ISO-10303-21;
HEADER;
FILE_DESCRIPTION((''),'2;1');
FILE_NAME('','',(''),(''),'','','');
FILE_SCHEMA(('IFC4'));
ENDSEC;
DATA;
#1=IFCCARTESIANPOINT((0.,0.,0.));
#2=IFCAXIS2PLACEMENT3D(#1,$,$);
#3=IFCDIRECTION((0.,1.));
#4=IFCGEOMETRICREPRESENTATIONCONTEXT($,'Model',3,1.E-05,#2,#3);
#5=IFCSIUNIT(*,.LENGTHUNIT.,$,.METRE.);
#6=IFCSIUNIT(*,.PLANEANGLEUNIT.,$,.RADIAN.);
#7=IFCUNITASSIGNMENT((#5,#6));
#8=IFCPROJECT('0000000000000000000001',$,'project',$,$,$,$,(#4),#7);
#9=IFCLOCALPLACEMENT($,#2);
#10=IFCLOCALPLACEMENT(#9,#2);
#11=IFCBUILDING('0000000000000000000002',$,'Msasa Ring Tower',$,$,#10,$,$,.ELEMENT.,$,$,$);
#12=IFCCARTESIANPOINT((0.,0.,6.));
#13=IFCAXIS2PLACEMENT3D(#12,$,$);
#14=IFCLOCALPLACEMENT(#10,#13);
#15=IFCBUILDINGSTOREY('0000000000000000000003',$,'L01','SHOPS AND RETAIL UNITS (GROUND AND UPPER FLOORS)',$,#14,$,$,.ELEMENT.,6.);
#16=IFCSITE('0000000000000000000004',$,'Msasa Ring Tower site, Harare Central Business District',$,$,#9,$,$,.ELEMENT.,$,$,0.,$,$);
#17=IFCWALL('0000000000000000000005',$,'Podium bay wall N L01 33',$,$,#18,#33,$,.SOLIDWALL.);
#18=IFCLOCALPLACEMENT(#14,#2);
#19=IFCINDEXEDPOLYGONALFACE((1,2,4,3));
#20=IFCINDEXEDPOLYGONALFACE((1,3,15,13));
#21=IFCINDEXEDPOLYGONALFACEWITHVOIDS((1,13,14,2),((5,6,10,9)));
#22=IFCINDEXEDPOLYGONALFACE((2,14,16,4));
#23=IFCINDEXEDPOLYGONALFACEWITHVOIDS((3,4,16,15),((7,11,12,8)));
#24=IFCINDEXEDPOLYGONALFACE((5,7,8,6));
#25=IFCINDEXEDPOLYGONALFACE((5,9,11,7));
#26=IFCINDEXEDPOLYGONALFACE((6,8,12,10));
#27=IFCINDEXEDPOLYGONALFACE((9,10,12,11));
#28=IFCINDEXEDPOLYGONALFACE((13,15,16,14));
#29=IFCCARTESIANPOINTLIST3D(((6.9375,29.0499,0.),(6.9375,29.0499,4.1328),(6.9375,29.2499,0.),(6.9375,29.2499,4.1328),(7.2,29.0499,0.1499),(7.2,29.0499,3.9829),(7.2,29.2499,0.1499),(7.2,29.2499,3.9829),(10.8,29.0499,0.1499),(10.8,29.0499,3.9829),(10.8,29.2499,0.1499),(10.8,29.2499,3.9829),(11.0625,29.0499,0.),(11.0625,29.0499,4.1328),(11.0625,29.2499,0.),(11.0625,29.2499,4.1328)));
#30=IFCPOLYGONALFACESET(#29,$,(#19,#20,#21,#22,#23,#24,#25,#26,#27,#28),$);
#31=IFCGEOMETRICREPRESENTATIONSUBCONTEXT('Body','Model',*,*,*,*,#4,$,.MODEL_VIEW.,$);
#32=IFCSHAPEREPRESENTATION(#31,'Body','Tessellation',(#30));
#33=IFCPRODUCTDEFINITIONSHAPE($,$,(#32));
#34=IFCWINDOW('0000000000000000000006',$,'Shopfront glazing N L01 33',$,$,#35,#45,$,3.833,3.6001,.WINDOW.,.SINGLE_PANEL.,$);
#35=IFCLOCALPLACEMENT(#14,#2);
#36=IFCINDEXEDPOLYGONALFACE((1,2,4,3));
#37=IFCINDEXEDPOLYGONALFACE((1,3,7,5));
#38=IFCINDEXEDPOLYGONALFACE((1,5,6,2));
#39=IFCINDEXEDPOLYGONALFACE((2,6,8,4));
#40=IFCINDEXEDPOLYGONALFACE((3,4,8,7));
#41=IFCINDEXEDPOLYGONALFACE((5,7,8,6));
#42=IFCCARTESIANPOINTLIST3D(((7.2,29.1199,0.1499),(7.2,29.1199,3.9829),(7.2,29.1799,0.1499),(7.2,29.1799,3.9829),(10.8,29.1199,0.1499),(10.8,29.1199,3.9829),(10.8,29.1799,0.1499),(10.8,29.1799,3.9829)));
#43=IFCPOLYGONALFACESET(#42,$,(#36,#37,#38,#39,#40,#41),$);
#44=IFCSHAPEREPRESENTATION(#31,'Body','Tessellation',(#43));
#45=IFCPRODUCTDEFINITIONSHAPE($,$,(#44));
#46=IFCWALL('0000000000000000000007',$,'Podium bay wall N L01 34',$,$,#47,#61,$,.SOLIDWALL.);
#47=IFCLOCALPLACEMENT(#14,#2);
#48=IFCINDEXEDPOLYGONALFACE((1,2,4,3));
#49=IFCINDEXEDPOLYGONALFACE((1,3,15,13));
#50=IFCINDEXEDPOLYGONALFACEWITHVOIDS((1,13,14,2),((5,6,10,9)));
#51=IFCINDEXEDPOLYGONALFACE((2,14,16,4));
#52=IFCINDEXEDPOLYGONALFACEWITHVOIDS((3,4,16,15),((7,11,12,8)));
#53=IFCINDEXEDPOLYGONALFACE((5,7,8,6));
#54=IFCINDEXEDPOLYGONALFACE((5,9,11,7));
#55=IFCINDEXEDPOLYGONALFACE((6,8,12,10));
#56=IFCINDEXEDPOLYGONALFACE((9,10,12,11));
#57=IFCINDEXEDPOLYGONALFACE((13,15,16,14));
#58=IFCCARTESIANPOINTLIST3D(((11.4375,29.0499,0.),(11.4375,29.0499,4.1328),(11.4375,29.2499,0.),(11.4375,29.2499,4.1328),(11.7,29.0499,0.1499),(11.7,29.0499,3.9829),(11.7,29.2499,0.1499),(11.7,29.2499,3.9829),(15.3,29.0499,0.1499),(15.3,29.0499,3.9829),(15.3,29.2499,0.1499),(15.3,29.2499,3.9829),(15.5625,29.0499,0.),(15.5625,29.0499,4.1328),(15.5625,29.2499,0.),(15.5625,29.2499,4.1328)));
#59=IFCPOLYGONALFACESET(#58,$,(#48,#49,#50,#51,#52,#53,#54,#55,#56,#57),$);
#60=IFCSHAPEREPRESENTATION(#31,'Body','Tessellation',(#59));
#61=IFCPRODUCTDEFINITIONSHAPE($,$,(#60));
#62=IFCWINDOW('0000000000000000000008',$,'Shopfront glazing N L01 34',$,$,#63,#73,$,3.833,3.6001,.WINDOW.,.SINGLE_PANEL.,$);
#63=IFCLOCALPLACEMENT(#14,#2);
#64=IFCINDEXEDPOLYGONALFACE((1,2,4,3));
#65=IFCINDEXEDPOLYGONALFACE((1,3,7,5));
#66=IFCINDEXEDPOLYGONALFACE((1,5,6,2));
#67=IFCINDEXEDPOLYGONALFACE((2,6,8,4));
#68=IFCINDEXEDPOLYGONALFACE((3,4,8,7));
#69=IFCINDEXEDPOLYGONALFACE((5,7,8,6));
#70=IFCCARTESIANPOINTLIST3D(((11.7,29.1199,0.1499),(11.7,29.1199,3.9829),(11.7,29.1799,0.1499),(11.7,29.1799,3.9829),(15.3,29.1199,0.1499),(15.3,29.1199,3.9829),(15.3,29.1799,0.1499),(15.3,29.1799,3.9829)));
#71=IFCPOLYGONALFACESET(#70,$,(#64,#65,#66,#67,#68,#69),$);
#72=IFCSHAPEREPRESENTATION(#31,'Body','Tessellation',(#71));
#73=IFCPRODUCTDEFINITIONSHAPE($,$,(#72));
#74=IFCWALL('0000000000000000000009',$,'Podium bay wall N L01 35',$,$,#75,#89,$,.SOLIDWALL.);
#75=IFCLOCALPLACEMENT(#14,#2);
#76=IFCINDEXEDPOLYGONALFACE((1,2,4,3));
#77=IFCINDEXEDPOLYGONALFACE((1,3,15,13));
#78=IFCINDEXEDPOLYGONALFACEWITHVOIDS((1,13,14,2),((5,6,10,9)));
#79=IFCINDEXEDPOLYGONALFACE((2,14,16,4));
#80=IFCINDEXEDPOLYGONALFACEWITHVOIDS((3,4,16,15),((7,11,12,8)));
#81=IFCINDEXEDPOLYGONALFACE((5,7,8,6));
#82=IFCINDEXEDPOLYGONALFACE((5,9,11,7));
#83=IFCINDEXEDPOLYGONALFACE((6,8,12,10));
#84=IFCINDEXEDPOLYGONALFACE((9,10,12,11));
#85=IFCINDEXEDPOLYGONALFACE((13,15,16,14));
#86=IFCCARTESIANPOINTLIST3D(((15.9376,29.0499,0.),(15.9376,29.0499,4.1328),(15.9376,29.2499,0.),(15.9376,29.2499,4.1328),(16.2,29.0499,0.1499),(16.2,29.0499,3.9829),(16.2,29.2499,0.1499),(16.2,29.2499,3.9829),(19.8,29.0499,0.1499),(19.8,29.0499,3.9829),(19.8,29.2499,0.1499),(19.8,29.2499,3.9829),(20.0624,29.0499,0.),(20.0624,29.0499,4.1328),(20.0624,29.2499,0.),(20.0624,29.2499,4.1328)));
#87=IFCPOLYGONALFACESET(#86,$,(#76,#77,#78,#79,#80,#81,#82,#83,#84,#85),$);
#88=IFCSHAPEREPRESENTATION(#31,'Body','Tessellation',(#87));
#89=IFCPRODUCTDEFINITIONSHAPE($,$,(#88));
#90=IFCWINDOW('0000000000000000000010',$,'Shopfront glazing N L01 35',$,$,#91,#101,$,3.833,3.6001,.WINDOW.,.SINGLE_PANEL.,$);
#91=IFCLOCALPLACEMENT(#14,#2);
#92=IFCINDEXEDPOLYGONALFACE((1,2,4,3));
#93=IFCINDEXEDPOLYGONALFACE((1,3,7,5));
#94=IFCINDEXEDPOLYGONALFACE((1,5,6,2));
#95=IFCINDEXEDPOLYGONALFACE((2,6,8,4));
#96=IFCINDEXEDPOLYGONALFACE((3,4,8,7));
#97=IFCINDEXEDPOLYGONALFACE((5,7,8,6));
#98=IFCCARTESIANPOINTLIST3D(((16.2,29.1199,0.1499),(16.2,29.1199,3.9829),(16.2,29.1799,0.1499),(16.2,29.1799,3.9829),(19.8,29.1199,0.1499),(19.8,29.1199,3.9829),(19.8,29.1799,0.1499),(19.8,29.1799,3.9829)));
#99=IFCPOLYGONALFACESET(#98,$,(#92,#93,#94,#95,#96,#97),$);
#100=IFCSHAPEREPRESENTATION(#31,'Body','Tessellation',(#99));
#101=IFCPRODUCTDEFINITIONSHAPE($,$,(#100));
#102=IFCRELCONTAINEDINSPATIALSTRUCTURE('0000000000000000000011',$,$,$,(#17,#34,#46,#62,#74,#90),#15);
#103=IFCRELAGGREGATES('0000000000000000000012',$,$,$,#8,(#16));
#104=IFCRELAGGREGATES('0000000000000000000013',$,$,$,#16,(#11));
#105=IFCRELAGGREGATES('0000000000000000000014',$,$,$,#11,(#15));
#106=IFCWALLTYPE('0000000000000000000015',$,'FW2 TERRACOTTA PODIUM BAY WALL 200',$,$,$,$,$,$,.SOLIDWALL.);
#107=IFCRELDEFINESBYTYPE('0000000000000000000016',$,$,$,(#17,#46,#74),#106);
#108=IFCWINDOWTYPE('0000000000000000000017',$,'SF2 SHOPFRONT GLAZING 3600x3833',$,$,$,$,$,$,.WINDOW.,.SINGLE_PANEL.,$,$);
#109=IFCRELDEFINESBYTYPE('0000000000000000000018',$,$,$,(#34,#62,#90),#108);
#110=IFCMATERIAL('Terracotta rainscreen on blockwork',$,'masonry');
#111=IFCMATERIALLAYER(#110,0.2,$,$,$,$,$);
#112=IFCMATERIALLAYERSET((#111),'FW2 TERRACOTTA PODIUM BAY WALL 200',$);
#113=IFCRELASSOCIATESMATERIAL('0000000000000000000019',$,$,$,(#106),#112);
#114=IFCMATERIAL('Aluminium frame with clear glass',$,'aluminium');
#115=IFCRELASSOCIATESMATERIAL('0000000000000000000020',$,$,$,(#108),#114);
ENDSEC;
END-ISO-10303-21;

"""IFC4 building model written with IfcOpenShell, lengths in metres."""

from ifc_helpers import new_model, si_unit, direction, frame, frame_2d, origin, place, context, subcontext, project, spatial, rectangle, extrude, material, layer, layer_set, type_object, element, fill, save


model = new_model("IFC4")

# Units and contexts
model_context = context("Model", 3, precision=1e-05, world=origin(), true_north=direction((0.0, 1.0)))
body_context = subcontext(model_context, "Body", "Model", "MODEL_VIEW")
ifc_project = project(units=[si_unit("LENGTHUNIT", "METRE"), si_unit("PLANEANGLEUNIT", "RADIAN")], contexts=[model_context])

# Site, building, storey
site_placement = place(None, origin())
site = spatial("IfcSite", under=ifc_project, at=site_placement, Name="Msasa Ring Tower site, Harare Central Business District", CompositionType="ELEMENT", RefElevation=0.0)
building_placement = place(site_placement, origin())
building = spatial("IfcBuilding", under=site, at=building_placement, Name="Msasa Ring Tower", CompositionType="ELEMENT")
storey_placement = place(building_placement, frame((0.0, 0.0, 6.0)))
storey = spatial("IfcBuildingStorey", under=building, at=storey_placement, Name="L01", Description="SHOPS AND RETAIL UNITS (GROUND AND UPPER FLOORS)", CompositionType="ELEMENT", Elevation=6.0)

# Walls, openings, windows
ifc_material_1 = material(Name="Terracotta rainscreen on blockwork", Category="masonry")
ifc_layer = layer(ifc_material_1, 0.2)
ifc_layer_set = layer_set([ifc_layer], Name="FW2 TERRACOTTA PODIUM BAY WALL 200")
wall_type = type_object("IfcWallType", Name="FW2 TERRACOTTA PODIUM BAY WALL 200", PredefinedType="SOLIDWALL", material=ifc_layer_set)
ifc_material_2 = material(Name="Aluminium frame with clear glass", Category="aluminium")
window_type = type_object("IfcWindowType", Name="SF2 SHOPFRONT GLAZING 3600x3833", PartitioningType="SINGLE_PANEL", PredefinedType="WINDOW", material=ifc_material_2)
wall_1_placement = place(storey_placement, frame((6.9375, 29.1499, 0.0), z_axis=(0.0, 0.0, 1.0), x_axis=(1.0, 0.0, 0.0)))
wall_1 = element("IfcWall", 1, at=wall_1_placement, inside=storey, type_object=wall_type, Name="Podium bay wall N L01 33", PredefinedType="SOLIDWALL", context=body_context, shape_type="SweptSolid", body=[
    extrude(rectangle(XDim=4.125, YDim=0.2, at=frame_2d((2.0625, 0.0))), origin(), (0.0, 0.0, 1.0), 4.1328),
])
opening_1_placement = place(wall_1_placement, frame((0.2625, 0.0, 0.1499)))
opening_1 = element("IfcOpeningElement", 2, at=opening_1_placement, cuts=wall_1, PredefinedType="OPENING", context=body_context, shape_type="SweptSolid", body=[
    extrude(rectangle(XDim=3.6001, YDim=3.833, at=frame_2d((1.8, 1.9165))), frame((0.0, 0.1099, 0.0), z_axis=(0.0, -1.0, 0.0), x_axis=(1.0, 0.0, 0.0)), (0.0, 0.0, 1.0), 0.22),
])
window_1_placement = place(opening_1_placement, origin())
window_1 = element("IfcWindow", 3, at=window_1_placement, inside=storey, type_object=window_type, Name="Shopfront glazing N L01 33", OverallHeight=3.833, OverallWidth=3.6001, PartitioningType="SINGLE_PANEL", PredefinedType="WINDOW", context=body_context, shape_type="SweptSolid", body=[
    extrude(rectangle(XDim=3.6001, YDim=3.833, at=frame_2d((1.8, 1.9165))), frame((0.0, 0.03, 0.0), z_axis=(0.0, -1.0, 0.0), x_axis=(1.0, 0.0, 0.0)), (0.0, 0.0, 1.0), 0.0601),
])
fill(opening_1, window_1)
wall_2_placement = place(storey_placement, frame((11.4375, 29.1499, 0.0), z_axis=(0.0, 0.0, 1.0), x_axis=(1.0, 0.0, 0.0)))
wall_2 = element("IfcWall", 4, at=wall_2_placement, inside=storey, type_object=wall_type, Name="Podium bay wall N L01 34", PredefinedType="SOLIDWALL", context=body_context, shape_type="SweptSolid", body=[
    extrude(rectangle(XDim=4.125, YDim=0.2, at=frame_2d((2.0625, 0.0))), origin(), (0.0, 0.0, 1.0), 4.1328),
])
opening_2_placement = place(wall_2_placement, frame((0.2625, 0.0, 0.1499)))
opening_2 = element("IfcOpeningElement", 5, at=opening_2_placement, cuts=wall_2, PredefinedType="OPENING", context=body_context, shape_type="SweptSolid", body=[
    extrude(rectangle(XDim=3.6001, YDim=3.833, at=frame_2d((1.8, 1.9165))), frame((0.0, 0.1099, 0.0), z_axis=(0.0, -1.0, 0.0), x_axis=(1.0, 0.0, 0.0)), (0.0, 0.0, 1.0), 0.22),
])
window_2_placement = place(opening_2_placement, origin())
window_2 = element("IfcWindow", 6, at=window_2_placement, inside=storey, type_object=window_type, Name="Shopfront glazing N L01 34", OverallHeight=3.833, OverallWidth=3.6001, PartitioningType="SINGLE_PANEL", PredefinedType="WINDOW", context=body_context, shape_type="SweptSolid", body=[
    extrude(rectangle(XDim=3.6001, YDim=3.833, at=frame_2d((1.8, 1.9165))), frame((0.0, 0.03, 0.0), z_axis=(0.0, -1.0, 0.0), x_axis=(1.0, 0.0, 0.0)), (0.0, 0.0, 1.0), 0.0601),
])
fill(opening_2, window_2)
wall_3_placement = place(storey_placement, frame((15.9375, 29.1499, 0.0), z_axis=(0.0, 0.0, 1.0), x_axis=(1.0, 0.0, 0.0)))
wall_3 = element("IfcWall", 7, at=wall_3_placement, inside=storey, type_object=wall_type, Name="Podium bay wall N L01 35", PredefinedType="SOLIDWALL", context=body_context, shape_type="SweptSolid", body=[
    extrude(rectangle(XDim=4.1248, YDim=0.2, at=frame_2d((2.0625, 0.0))), origin(), (0.0, 0.0, 1.0), 4.1328),
])
opening_3_placement = place(wall_3_placement, frame((0.2625, 0.0, 0.1499)))
opening_3 = element("IfcOpeningElement", 8, at=opening_3_placement, cuts=wall_3, PredefinedType="OPENING", context=body_context, shape_type="SweptSolid", body=[
    extrude(rectangle(XDim=3.6001, YDim=3.833, at=frame_2d((1.8, 1.9165))), frame((0.0, 0.1099, 0.0), z_axis=(0.0, -1.0, 0.0), x_axis=(1.0, 0.0, 0.0)), (0.0, 0.0, 1.0), 0.22),
])
window_3_placement = place(opening_3_placement, origin())
window_3 = element("IfcWindow", 9, at=window_3_placement, inside=storey, type_object=window_type, Name="Shopfront glazing N L01 35", OverallHeight=3.833, OverallWidth=3.6001, PartitioningType="SINGLE_PANEL", PredefinedType="WINDOW", context=body_context, shape_type="SweptSolid", body=[
    extrude(rectangle(XDim=3.6001, YDim=3.833, at=frame_2d((1.8, 1.9165))), frame((0.0, 0.03, 0.0), z_axis=(0.0, -1.0, 0.0), x_axis=(1.0, 0.0, 0.0)), (0.0, 0.0, 1.0), 0.0601),
])
fill(opening_3, window_3)

save(model, "model.ifc")
